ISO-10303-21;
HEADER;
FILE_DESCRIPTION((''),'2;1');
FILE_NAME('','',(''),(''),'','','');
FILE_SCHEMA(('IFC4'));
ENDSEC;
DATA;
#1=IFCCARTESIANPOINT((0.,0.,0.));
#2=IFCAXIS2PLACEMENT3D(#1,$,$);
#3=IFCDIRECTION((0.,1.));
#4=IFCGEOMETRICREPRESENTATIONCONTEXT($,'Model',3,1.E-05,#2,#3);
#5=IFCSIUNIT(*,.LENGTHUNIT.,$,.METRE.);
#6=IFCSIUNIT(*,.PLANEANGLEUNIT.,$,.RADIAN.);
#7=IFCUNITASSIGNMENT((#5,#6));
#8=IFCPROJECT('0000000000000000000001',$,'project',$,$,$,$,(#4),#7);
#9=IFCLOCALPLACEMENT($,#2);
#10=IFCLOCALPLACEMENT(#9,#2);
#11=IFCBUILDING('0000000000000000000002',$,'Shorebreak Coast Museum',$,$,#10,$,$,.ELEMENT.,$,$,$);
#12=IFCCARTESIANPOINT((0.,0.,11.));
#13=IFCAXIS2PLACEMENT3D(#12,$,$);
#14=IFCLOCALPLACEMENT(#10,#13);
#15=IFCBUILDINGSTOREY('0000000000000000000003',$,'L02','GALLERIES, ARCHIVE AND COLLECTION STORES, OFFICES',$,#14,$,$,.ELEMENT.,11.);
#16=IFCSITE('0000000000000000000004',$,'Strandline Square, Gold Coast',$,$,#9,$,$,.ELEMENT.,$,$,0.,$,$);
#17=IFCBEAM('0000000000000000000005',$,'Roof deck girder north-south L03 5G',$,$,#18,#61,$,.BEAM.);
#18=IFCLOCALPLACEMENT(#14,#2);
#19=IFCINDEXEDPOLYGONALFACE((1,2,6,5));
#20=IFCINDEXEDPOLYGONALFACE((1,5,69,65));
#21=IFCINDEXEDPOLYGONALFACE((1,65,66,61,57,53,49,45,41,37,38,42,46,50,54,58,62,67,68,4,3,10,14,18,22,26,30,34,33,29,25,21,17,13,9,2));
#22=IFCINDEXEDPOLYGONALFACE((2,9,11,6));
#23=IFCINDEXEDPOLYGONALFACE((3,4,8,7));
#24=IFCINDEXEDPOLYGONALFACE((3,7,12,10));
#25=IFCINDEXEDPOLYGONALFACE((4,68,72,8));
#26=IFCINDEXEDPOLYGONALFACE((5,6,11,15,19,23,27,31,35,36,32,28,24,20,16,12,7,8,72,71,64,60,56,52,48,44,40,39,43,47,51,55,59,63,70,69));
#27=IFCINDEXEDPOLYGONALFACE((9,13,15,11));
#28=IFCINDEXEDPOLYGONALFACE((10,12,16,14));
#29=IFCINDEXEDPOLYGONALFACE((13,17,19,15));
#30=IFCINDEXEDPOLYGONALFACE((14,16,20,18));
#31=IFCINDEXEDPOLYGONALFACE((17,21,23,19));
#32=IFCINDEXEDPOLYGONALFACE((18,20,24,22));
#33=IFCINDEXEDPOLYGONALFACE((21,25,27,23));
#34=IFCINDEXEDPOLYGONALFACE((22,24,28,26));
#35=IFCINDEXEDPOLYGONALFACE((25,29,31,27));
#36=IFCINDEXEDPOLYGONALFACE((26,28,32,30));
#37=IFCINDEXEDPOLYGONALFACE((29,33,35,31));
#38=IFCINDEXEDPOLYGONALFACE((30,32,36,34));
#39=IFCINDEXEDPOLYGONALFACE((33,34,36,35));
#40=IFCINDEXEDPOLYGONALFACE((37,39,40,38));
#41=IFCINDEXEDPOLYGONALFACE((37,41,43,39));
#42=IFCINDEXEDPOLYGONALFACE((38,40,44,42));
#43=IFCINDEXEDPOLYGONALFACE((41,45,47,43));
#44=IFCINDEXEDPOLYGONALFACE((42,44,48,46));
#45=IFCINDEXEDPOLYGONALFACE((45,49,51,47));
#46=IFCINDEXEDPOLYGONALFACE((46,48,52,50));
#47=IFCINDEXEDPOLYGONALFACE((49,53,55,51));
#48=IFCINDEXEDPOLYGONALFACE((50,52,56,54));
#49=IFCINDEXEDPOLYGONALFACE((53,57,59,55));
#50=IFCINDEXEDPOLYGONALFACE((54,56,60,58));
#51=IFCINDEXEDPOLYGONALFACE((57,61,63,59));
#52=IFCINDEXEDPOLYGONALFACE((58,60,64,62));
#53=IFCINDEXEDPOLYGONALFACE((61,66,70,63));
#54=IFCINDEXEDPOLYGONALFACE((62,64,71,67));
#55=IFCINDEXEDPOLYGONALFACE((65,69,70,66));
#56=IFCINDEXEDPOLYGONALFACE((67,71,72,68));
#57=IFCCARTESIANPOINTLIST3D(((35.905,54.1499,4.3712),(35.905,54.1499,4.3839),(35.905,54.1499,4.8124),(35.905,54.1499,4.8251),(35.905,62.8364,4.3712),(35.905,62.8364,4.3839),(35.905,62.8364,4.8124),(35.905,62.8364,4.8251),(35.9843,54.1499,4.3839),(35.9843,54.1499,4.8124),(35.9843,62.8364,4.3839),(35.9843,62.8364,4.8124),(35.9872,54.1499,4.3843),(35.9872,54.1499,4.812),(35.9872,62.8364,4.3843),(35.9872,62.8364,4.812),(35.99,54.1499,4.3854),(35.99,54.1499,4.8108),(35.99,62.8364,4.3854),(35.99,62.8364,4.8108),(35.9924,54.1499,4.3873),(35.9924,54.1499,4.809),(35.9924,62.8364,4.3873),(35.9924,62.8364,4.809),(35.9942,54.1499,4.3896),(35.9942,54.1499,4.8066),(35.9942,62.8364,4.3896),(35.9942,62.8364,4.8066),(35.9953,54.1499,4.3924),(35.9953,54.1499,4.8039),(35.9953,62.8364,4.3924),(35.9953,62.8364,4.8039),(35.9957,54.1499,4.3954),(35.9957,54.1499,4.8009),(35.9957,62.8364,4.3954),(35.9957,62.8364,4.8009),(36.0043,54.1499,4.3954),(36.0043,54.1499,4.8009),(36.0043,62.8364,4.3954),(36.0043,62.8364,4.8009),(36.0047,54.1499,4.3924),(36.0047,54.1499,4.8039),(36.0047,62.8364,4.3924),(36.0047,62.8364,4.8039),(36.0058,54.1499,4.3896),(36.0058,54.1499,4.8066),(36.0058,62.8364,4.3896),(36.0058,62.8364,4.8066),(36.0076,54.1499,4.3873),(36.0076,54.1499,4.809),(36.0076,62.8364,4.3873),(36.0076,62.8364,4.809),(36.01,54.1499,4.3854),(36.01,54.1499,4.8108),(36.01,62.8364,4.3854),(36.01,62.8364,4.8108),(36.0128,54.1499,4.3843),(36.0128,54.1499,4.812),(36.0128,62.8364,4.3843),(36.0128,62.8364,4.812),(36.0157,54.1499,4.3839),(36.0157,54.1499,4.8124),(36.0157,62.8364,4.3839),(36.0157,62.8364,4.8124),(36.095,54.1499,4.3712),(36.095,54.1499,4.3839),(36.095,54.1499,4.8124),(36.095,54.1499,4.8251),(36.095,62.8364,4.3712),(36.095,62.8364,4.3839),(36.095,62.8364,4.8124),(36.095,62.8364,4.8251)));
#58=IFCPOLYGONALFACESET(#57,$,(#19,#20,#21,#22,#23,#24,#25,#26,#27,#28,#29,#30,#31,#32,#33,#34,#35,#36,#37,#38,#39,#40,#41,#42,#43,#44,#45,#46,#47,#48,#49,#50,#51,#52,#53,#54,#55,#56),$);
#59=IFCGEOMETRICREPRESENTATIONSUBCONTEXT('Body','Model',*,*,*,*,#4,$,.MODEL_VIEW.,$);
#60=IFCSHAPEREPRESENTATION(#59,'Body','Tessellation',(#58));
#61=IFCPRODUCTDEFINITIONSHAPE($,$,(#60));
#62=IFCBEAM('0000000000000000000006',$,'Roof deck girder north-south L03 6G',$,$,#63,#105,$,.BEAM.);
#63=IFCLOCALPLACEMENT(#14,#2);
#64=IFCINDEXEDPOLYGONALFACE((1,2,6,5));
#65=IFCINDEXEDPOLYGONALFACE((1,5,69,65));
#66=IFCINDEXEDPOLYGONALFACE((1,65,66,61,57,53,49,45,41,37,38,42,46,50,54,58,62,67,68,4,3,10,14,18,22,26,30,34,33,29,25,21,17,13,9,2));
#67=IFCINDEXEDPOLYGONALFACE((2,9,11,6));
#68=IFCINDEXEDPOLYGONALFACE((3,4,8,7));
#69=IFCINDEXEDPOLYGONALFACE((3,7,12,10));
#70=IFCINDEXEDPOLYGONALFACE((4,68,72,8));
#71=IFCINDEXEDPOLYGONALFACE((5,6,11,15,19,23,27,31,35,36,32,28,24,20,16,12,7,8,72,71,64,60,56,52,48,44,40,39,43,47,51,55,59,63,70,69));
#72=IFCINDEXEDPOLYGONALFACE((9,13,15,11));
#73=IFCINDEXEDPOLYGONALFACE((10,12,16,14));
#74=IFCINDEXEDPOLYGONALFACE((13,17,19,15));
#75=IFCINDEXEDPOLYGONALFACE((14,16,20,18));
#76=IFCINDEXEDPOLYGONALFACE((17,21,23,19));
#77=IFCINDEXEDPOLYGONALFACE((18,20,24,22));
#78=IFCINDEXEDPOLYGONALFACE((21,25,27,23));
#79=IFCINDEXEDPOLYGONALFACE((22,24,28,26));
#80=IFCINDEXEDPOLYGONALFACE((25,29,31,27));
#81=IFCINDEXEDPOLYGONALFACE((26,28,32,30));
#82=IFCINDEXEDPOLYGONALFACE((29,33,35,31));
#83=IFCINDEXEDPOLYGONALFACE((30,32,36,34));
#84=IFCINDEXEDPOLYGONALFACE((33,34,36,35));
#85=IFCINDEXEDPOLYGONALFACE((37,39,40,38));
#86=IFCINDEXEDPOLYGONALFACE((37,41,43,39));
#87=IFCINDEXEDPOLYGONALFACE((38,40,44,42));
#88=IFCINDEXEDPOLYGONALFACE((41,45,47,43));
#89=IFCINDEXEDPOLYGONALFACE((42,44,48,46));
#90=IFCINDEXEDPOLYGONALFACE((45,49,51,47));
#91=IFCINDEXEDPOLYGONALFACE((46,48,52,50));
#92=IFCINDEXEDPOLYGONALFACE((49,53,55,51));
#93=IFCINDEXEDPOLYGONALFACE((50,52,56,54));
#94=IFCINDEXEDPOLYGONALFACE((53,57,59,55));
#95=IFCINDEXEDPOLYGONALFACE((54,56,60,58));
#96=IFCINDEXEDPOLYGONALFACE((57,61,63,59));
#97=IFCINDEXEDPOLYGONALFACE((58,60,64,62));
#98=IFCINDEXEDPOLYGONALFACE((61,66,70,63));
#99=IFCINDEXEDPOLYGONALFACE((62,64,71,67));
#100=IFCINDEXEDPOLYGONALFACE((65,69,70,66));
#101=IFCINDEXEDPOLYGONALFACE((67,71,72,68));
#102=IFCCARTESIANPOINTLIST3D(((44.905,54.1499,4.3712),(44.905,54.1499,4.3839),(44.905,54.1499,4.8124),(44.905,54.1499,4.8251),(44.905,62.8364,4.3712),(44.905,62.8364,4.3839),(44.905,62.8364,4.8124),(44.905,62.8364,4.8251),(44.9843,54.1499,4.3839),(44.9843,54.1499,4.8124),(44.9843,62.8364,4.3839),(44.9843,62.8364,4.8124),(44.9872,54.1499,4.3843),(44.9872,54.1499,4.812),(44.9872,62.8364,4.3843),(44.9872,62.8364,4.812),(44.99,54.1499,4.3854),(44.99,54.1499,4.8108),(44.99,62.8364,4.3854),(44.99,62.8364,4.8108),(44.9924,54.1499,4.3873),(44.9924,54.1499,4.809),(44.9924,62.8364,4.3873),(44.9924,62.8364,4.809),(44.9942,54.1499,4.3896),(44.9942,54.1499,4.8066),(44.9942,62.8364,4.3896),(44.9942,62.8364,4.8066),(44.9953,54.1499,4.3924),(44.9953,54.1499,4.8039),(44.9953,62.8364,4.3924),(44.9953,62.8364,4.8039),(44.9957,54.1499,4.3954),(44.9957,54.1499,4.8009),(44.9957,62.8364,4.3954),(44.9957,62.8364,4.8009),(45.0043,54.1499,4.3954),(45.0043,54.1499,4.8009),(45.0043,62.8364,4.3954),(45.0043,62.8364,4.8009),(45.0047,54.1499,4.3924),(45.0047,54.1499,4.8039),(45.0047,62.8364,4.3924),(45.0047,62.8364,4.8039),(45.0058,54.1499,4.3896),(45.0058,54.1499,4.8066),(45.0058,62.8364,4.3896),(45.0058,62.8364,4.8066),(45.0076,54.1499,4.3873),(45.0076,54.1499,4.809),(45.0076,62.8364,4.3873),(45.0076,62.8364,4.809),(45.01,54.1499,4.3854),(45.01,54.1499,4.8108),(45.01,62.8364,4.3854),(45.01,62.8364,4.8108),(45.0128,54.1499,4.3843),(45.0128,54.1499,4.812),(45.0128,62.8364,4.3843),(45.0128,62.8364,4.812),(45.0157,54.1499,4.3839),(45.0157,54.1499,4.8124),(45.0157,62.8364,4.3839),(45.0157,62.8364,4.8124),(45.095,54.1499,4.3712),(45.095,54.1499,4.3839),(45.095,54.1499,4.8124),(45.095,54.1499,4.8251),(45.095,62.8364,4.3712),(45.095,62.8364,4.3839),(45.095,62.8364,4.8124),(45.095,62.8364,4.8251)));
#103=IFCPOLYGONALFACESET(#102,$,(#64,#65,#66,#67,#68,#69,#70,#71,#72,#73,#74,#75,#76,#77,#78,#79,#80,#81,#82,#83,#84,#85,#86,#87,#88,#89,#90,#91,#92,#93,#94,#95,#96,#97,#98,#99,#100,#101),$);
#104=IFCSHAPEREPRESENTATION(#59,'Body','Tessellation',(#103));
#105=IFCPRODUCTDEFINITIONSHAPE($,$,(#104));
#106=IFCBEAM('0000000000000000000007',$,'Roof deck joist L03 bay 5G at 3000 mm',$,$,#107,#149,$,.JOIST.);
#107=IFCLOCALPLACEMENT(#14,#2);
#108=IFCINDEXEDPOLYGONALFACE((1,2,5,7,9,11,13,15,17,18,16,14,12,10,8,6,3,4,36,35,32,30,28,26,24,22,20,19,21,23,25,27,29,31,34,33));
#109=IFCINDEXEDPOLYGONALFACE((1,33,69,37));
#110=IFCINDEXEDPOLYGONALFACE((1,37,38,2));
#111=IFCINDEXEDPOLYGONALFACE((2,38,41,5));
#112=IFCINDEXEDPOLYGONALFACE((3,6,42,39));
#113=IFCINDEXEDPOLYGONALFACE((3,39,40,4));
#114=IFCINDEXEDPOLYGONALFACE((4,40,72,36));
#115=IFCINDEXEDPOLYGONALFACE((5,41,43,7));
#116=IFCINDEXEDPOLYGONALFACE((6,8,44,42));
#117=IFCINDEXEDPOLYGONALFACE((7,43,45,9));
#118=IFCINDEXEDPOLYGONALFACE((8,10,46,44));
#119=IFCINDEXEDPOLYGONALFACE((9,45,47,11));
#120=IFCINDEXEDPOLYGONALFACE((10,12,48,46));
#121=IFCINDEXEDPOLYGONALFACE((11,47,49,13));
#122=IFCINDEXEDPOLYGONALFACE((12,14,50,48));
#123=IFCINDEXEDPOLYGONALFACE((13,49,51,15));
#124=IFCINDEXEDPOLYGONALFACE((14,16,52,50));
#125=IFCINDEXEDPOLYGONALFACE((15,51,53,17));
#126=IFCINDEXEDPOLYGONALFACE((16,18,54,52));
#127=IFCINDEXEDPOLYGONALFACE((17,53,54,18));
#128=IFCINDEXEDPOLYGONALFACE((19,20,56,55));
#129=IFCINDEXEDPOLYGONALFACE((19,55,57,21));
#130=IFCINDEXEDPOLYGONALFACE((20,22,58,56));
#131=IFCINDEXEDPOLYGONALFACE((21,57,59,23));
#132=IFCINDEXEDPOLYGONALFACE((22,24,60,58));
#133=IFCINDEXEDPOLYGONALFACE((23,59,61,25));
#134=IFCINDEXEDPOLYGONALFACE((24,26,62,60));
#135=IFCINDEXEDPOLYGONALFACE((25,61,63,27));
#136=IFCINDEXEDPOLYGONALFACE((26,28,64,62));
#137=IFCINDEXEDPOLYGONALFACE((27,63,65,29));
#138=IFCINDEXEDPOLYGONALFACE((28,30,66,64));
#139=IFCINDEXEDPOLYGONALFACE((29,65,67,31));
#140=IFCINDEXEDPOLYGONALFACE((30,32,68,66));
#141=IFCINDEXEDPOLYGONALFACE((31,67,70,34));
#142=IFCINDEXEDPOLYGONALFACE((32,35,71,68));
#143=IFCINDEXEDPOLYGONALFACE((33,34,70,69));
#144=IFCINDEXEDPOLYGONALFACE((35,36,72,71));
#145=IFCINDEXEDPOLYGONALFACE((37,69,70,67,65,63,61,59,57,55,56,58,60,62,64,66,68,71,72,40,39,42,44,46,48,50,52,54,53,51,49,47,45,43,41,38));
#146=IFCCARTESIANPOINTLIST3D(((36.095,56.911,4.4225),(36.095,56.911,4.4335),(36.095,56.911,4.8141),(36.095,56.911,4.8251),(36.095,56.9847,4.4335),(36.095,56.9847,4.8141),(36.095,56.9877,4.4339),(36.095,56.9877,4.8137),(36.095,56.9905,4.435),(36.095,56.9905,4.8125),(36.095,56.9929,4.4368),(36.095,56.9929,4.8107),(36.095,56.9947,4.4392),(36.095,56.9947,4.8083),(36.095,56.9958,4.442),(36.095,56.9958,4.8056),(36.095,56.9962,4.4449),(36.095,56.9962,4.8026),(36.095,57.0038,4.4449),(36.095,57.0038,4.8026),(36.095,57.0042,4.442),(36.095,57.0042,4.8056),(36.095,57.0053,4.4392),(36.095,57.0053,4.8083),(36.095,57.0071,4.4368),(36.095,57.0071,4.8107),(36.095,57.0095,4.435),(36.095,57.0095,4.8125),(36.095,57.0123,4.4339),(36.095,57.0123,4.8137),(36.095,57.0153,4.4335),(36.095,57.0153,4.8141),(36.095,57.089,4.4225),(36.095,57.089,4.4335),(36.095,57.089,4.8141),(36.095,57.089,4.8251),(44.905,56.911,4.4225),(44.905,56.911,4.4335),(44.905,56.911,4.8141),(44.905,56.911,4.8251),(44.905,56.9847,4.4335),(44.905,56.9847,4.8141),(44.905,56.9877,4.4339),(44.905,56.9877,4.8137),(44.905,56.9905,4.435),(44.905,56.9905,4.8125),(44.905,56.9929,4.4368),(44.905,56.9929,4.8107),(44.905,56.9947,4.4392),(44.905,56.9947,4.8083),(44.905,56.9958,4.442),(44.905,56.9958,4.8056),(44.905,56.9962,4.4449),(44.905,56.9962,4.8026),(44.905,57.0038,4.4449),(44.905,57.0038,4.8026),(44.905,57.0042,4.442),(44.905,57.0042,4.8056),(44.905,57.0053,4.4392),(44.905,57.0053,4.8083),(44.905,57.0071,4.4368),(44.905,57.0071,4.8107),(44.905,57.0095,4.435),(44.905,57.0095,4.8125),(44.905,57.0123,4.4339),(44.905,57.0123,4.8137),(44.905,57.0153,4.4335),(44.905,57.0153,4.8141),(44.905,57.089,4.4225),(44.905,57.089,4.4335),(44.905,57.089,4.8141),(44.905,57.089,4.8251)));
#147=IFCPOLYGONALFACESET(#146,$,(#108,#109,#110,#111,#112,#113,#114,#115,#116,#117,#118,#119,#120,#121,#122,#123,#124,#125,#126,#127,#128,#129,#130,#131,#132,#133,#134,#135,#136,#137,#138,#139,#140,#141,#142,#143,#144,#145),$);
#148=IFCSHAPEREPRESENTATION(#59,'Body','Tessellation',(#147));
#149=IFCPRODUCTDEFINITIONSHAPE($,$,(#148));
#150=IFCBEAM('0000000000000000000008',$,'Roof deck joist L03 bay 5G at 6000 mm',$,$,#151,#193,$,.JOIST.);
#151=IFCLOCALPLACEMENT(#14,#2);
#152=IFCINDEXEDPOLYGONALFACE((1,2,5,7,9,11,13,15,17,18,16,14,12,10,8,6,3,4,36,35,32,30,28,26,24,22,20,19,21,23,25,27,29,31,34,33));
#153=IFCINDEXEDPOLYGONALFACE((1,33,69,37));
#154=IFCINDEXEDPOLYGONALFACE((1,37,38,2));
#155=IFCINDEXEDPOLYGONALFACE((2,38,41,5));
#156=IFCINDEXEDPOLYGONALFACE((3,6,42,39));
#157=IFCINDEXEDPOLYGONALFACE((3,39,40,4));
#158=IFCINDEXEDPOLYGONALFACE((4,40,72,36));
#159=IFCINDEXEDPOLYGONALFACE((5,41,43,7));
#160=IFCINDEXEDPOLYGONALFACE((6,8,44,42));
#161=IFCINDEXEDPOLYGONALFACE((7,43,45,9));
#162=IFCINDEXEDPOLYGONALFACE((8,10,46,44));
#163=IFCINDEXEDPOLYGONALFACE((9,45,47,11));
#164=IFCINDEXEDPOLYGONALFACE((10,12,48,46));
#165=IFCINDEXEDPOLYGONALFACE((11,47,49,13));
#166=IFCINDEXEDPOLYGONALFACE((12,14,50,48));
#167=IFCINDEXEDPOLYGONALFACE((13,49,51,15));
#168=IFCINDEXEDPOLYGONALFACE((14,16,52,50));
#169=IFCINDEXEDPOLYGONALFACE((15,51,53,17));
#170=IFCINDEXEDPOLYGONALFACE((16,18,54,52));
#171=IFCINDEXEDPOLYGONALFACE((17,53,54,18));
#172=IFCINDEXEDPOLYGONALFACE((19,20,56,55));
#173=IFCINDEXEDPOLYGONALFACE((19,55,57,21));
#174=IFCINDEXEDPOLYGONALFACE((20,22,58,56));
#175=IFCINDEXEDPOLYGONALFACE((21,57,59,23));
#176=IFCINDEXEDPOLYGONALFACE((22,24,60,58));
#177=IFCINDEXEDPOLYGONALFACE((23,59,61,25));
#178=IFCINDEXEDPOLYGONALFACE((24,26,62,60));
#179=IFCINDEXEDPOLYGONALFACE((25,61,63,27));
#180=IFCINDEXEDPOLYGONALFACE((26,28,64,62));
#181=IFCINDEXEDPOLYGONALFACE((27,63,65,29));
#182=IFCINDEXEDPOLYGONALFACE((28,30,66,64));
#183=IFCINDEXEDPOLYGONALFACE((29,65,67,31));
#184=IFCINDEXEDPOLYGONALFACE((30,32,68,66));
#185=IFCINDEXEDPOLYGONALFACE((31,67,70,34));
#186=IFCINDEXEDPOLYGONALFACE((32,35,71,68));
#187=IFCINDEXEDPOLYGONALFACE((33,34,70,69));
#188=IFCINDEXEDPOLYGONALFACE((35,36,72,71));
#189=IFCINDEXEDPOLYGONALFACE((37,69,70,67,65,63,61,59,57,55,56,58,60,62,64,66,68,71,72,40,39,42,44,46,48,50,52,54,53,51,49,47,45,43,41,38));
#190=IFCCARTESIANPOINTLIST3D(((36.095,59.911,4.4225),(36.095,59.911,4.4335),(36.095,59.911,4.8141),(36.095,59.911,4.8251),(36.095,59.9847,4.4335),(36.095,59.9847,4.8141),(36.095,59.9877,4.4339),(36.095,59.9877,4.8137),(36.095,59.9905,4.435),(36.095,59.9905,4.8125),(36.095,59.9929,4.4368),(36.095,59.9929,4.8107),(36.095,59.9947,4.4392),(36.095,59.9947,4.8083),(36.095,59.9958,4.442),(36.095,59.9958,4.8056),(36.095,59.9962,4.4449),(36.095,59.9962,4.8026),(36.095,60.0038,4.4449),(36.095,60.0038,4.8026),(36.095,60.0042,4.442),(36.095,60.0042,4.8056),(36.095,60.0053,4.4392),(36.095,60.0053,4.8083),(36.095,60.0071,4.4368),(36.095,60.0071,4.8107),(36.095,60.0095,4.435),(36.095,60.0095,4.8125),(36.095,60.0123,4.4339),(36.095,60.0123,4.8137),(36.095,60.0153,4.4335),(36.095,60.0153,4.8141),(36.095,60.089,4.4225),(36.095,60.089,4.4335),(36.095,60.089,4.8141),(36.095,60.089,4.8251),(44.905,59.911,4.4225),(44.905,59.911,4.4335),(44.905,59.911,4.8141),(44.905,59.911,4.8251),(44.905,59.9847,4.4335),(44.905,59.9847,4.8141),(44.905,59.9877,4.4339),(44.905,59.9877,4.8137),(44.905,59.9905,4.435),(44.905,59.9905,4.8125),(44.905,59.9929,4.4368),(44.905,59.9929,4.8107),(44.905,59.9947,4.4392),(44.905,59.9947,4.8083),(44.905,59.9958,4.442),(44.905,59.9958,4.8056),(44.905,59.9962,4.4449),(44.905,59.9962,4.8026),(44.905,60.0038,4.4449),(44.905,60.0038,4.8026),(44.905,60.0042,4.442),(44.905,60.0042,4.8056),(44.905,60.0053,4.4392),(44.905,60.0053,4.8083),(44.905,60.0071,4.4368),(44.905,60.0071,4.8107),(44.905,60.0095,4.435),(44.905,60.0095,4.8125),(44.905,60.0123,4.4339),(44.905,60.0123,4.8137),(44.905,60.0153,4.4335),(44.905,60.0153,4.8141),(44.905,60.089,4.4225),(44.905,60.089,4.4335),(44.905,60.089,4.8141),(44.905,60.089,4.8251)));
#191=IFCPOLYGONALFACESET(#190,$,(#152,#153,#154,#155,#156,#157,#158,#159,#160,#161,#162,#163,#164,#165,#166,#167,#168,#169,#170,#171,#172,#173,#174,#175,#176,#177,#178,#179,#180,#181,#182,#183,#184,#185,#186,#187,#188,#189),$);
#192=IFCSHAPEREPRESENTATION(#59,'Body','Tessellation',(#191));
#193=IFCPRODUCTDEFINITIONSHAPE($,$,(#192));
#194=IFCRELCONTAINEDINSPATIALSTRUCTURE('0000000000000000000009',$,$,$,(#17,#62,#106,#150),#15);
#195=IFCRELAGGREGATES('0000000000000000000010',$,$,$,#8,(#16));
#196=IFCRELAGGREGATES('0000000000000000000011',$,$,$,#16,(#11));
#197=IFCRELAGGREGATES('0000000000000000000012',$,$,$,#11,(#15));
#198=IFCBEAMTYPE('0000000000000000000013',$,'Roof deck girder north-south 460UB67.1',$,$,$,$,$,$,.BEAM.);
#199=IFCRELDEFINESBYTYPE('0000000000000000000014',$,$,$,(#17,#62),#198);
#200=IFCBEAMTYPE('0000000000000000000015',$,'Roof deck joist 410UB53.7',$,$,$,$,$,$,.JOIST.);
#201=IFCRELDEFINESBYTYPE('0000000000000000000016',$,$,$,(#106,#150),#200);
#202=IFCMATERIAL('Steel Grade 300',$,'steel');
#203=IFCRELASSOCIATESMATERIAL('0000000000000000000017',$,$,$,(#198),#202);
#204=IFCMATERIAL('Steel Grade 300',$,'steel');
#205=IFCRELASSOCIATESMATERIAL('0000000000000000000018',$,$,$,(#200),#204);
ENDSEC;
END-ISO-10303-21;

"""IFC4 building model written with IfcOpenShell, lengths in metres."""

from ifc_helpers import new_model, si_unit, direction, frame, origin, origin_2d, place, context, subcontext, project, spatial, i_section, extrude, material, material_profile, profile_set, type_object, element, save


model = new_model("IFC4")

# Units and contexts
model_context = context("Model", 3, precision=1e-05, world=origin(), true_north=direction((0.0, 1.0)))
body_context = subcontext(model_context, "Body", "Model", "MODEL_VIEW")
ifc_project = project(units=[si_unit("LENGTHUNIT", "METRE"), si_unit("PLANEANGLEUNIT", "RADIAN")], contexts=[model_context])

# Site, building, storey
site_placement = place(None, origin())
site = spatial("IfcSite", under=ifc_project, at=site_placement, Name="Strandline Square, Gold Coast", CompositionType="ELEMENT", RefElevation=0.0)
building_placement = place(site_placement, origin())
building = spatial("IfcBuilding", under=site, at=building_placement, Name="Shorebreak Coast Museum", CompositionType="ELEMENT")
storey_placement = place(building_placement, frame((0.0, 0.0, 11.0)))
storey = spatial("IfcBuildingStorey", under=building, at=storey_placement, Name="L02", Description="GALLERIES, ARCHIVE AND COLLECTION STORES, OFFICES", CompositionType="ELEMENT", Elevation=11.0)

# Beams
ifc_material_1 = material(Name="Steel Grade 300", Category="steel")
ifc_material_profile_1 = material_profile(ifc_material_1, i_section(OverallWidth=0.1899, OverallDepth=0.4539, WebThickness=0.0085, FlangeThickness=0.0127, FilletRadius=0.0115, at=origin_2d()), Name="460UB67.1")
ifc_profile_set_1 = profile_set([ifc_material_profile_1], Name="Steel Grade 300")
beam_type_1 = type_object("IfcBeamType", Name="Roof deck girder north-south 460UB67.1", PredefinedType="BEAM", material=ifc_profile_set_1)
for number, where, z_axis, x_axis, name in (
    (1, (36.0, 54.1499, 4.5981), (0.0, 1.0, 0.0), (-1.0, 0.0, 0.0), "Roof deck girder north-south L03 5G"),
    (2, (45.0, 54.1499, 4.5981), (0.0, 1.0, 0.0), (-1.0, 0.0, 0.0), "Roof deck girder north-south L03 6G"),
):
    element("IfcBeam", number, at=place(storey_placement, frame(where, z_axis=z_axis, x_axis=x_axis)), inside=storey, type_object=beam_type_1, Name=name, PredefinedType="BEAM", context=body_context, shape_type="SweptSolid", body=[
        extrude(i_section(OverallWidth=0.1899, OverallDepth=0.4539, WebThickness=0.0085, FlangeThickness=0.0127, FilletRadius=0.0115, at=origin_2d()), origin(), (0.0, 0.0, 1.0), 8.6865),
    ])
ifc_material_2 = material(Name="Steel Grade 300", Category="steel")
ifc_material_profile_2 = material_profile(ifc_material_2, i_section(OverallWidth=0.178, OverallDepth=0.4026, WebThickness=0.0076, FlangeThickness=0.011, FilletRadius=0.0115, at=origin_2d()), Name="410UB53.7")
ifc_profile_set_2 = profile_set([ifc_material_profile_2], Name="Steel Grade 300")
beam_type_2 = type_object("IfcBeamType", Name="Roof deck joist 410UB53.7", PredefinedType="JOIST", material=ifc_profile_set_2)
for number, where, z_axis, x_axis, name in (
    (3, (36.095, 57.0, 4.6238), (1.0, 0.0, 0.0), (0.0, 1.0, 0.0), "Roof deck joist L03 bay 5G at 3000 mm"),
    (4, (36.095, 60.0, 4.6238), (1.0, 0.0, 0.0), (0.0, 1.0, 0.0), "Roof deck joist L03 bay 5G at 6000 mm"),
):
    element("IfcBeam", number, at=place(storey_placement, frame(where, z_axis=z_axis, x_axis=x_axis)), inside=storey, type_object=beam_type_2, Name=name, PredefinedType="JOIST", context=body_context, shape_type="SweptSolid", body=[
        extrude(i_section(OverallWidth=0.178, OverallDepth=0.4026, WebThickness=0.0076, FlangeThickness=0.011, FilletRadius=0.0115, at=origin_2d()), origin(), (0.0, 0.0, 1.0), 8.8101),
    ])

save(model, "model.ifc")
